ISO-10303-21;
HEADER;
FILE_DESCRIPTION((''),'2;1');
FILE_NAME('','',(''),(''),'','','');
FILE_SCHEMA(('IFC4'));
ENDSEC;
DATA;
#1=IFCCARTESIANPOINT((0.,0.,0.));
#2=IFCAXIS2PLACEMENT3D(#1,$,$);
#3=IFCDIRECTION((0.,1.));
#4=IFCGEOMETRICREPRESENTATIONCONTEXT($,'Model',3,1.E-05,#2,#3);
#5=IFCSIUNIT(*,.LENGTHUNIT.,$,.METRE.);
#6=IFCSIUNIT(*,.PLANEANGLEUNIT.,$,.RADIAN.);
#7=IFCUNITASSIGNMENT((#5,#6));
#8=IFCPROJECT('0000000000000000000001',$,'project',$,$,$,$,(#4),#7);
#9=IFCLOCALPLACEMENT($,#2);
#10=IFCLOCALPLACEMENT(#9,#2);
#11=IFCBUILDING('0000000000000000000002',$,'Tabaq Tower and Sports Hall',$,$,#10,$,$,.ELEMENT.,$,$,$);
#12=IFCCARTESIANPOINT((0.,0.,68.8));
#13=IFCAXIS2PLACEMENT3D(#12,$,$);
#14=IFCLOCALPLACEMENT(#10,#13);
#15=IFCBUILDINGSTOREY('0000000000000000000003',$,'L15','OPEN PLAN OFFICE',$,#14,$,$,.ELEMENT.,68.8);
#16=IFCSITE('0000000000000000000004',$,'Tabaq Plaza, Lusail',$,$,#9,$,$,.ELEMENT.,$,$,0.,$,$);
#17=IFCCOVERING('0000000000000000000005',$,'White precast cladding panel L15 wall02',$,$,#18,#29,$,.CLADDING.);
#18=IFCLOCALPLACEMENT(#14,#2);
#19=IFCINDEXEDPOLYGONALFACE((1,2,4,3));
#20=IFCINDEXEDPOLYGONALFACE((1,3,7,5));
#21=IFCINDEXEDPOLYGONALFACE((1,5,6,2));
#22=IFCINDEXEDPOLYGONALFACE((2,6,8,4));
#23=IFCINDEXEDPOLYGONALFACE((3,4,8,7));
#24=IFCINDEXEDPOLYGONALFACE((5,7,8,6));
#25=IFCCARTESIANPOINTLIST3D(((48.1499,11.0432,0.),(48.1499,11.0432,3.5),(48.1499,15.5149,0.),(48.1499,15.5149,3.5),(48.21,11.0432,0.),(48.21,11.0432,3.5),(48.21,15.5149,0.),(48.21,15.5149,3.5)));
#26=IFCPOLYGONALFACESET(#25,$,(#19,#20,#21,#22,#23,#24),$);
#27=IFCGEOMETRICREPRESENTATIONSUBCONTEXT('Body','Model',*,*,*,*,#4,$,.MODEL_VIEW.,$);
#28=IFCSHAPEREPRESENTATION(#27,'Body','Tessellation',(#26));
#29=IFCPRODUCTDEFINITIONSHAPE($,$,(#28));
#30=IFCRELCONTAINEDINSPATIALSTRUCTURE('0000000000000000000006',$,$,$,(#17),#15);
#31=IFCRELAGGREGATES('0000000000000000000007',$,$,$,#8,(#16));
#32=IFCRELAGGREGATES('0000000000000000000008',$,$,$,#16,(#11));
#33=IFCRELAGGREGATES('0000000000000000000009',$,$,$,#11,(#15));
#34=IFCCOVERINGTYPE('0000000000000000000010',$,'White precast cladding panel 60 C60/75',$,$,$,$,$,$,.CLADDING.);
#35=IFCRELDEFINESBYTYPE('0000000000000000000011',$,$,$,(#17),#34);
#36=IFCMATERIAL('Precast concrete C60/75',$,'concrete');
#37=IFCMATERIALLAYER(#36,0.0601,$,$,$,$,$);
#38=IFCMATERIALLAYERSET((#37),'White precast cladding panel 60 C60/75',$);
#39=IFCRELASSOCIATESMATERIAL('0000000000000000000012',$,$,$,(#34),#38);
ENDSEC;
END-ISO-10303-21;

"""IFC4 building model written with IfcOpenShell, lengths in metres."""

from ifc_helpers import new_model, si_unit, direction, frame, frame_2d, origin, place, context, subcontext, project, spatial, rectangle, extrude, material, layer, layer_set, type_object, element, save


model = new_model("IFC4")

# Units and contexts
model_context = context("Model", 3, precision=1e-05, world=origin(), true_north=direction((0.0, 1.0)))
body_context = subcontext(model_context, "Body", "Model", "MODEL_VIEW")
ifc_project = project(units=[si_unit("LENGTHUNIT", "METRE"), si_unit("PLANEANGLEUNIT", "RADIAN")], contexts=[model_context])

# Site, building, storey
site_placement = place(None, origin())
site = spatial("IfcSite", under=ifc_project, at=site_placement, Name="Tabaq Plaza, Lusail", CompositionType="ELEMENT", RefElevation=0.0)
building_placement = place(site_placement, origin())
building = spatial("IfcBuilding", under=site, at=building_placement, Name="Tabaq Tower and Sports Hall", CompositionType="ELEMENT")
storey_placement = place(building_placement, frame((0.0, 0.0, 68.8)))
storey = spatial("IfcBuildingStorey", under=building, at=storey_placement, Name="L15", Description="OPEN PLAN OFFICE", CompositionType="ELEMENT", Elevation=68.8)

# Covering
ifc_material_1 = material(Name="Precast concrete C60/75", Category="concrete")
ifc_layer_1 = layer(ifc_material_1, 0.0601)
ifc_layer_set_1 = layer_set([ifc_layer_1], Name="White precast cladding panel 60 C60/75")
covering_type_1 = type_object("IfcCoveringType", Name="White precast cladding panel 60 C60/75", PredefinedType="CLADDING", material=ifc_layer_set_1)
covering_1_placement = place(storey_placement, frame((48.1799, 11.0432, 0.0), z_axis=(0.0, 0.0, 1.0), x_axis=(0.0, 1.0, 0.0)))
element("IfcCovering", 1, at=covering_1_placement, inside=storey, type_object=covering_type_1, Name="White precast cladding panel L15 wall02", PredefinedType="CLADDING", context=body_context, shape_type="SweptSolid", body=[
    extrude(rectangle(XDim=4.4717, YDim=0.0601, at=frame_2d((2.2358, 0.0))), origin(), (0.0, 0.0, 1.0), 3.5),
])

save(model, "model.ifc")
